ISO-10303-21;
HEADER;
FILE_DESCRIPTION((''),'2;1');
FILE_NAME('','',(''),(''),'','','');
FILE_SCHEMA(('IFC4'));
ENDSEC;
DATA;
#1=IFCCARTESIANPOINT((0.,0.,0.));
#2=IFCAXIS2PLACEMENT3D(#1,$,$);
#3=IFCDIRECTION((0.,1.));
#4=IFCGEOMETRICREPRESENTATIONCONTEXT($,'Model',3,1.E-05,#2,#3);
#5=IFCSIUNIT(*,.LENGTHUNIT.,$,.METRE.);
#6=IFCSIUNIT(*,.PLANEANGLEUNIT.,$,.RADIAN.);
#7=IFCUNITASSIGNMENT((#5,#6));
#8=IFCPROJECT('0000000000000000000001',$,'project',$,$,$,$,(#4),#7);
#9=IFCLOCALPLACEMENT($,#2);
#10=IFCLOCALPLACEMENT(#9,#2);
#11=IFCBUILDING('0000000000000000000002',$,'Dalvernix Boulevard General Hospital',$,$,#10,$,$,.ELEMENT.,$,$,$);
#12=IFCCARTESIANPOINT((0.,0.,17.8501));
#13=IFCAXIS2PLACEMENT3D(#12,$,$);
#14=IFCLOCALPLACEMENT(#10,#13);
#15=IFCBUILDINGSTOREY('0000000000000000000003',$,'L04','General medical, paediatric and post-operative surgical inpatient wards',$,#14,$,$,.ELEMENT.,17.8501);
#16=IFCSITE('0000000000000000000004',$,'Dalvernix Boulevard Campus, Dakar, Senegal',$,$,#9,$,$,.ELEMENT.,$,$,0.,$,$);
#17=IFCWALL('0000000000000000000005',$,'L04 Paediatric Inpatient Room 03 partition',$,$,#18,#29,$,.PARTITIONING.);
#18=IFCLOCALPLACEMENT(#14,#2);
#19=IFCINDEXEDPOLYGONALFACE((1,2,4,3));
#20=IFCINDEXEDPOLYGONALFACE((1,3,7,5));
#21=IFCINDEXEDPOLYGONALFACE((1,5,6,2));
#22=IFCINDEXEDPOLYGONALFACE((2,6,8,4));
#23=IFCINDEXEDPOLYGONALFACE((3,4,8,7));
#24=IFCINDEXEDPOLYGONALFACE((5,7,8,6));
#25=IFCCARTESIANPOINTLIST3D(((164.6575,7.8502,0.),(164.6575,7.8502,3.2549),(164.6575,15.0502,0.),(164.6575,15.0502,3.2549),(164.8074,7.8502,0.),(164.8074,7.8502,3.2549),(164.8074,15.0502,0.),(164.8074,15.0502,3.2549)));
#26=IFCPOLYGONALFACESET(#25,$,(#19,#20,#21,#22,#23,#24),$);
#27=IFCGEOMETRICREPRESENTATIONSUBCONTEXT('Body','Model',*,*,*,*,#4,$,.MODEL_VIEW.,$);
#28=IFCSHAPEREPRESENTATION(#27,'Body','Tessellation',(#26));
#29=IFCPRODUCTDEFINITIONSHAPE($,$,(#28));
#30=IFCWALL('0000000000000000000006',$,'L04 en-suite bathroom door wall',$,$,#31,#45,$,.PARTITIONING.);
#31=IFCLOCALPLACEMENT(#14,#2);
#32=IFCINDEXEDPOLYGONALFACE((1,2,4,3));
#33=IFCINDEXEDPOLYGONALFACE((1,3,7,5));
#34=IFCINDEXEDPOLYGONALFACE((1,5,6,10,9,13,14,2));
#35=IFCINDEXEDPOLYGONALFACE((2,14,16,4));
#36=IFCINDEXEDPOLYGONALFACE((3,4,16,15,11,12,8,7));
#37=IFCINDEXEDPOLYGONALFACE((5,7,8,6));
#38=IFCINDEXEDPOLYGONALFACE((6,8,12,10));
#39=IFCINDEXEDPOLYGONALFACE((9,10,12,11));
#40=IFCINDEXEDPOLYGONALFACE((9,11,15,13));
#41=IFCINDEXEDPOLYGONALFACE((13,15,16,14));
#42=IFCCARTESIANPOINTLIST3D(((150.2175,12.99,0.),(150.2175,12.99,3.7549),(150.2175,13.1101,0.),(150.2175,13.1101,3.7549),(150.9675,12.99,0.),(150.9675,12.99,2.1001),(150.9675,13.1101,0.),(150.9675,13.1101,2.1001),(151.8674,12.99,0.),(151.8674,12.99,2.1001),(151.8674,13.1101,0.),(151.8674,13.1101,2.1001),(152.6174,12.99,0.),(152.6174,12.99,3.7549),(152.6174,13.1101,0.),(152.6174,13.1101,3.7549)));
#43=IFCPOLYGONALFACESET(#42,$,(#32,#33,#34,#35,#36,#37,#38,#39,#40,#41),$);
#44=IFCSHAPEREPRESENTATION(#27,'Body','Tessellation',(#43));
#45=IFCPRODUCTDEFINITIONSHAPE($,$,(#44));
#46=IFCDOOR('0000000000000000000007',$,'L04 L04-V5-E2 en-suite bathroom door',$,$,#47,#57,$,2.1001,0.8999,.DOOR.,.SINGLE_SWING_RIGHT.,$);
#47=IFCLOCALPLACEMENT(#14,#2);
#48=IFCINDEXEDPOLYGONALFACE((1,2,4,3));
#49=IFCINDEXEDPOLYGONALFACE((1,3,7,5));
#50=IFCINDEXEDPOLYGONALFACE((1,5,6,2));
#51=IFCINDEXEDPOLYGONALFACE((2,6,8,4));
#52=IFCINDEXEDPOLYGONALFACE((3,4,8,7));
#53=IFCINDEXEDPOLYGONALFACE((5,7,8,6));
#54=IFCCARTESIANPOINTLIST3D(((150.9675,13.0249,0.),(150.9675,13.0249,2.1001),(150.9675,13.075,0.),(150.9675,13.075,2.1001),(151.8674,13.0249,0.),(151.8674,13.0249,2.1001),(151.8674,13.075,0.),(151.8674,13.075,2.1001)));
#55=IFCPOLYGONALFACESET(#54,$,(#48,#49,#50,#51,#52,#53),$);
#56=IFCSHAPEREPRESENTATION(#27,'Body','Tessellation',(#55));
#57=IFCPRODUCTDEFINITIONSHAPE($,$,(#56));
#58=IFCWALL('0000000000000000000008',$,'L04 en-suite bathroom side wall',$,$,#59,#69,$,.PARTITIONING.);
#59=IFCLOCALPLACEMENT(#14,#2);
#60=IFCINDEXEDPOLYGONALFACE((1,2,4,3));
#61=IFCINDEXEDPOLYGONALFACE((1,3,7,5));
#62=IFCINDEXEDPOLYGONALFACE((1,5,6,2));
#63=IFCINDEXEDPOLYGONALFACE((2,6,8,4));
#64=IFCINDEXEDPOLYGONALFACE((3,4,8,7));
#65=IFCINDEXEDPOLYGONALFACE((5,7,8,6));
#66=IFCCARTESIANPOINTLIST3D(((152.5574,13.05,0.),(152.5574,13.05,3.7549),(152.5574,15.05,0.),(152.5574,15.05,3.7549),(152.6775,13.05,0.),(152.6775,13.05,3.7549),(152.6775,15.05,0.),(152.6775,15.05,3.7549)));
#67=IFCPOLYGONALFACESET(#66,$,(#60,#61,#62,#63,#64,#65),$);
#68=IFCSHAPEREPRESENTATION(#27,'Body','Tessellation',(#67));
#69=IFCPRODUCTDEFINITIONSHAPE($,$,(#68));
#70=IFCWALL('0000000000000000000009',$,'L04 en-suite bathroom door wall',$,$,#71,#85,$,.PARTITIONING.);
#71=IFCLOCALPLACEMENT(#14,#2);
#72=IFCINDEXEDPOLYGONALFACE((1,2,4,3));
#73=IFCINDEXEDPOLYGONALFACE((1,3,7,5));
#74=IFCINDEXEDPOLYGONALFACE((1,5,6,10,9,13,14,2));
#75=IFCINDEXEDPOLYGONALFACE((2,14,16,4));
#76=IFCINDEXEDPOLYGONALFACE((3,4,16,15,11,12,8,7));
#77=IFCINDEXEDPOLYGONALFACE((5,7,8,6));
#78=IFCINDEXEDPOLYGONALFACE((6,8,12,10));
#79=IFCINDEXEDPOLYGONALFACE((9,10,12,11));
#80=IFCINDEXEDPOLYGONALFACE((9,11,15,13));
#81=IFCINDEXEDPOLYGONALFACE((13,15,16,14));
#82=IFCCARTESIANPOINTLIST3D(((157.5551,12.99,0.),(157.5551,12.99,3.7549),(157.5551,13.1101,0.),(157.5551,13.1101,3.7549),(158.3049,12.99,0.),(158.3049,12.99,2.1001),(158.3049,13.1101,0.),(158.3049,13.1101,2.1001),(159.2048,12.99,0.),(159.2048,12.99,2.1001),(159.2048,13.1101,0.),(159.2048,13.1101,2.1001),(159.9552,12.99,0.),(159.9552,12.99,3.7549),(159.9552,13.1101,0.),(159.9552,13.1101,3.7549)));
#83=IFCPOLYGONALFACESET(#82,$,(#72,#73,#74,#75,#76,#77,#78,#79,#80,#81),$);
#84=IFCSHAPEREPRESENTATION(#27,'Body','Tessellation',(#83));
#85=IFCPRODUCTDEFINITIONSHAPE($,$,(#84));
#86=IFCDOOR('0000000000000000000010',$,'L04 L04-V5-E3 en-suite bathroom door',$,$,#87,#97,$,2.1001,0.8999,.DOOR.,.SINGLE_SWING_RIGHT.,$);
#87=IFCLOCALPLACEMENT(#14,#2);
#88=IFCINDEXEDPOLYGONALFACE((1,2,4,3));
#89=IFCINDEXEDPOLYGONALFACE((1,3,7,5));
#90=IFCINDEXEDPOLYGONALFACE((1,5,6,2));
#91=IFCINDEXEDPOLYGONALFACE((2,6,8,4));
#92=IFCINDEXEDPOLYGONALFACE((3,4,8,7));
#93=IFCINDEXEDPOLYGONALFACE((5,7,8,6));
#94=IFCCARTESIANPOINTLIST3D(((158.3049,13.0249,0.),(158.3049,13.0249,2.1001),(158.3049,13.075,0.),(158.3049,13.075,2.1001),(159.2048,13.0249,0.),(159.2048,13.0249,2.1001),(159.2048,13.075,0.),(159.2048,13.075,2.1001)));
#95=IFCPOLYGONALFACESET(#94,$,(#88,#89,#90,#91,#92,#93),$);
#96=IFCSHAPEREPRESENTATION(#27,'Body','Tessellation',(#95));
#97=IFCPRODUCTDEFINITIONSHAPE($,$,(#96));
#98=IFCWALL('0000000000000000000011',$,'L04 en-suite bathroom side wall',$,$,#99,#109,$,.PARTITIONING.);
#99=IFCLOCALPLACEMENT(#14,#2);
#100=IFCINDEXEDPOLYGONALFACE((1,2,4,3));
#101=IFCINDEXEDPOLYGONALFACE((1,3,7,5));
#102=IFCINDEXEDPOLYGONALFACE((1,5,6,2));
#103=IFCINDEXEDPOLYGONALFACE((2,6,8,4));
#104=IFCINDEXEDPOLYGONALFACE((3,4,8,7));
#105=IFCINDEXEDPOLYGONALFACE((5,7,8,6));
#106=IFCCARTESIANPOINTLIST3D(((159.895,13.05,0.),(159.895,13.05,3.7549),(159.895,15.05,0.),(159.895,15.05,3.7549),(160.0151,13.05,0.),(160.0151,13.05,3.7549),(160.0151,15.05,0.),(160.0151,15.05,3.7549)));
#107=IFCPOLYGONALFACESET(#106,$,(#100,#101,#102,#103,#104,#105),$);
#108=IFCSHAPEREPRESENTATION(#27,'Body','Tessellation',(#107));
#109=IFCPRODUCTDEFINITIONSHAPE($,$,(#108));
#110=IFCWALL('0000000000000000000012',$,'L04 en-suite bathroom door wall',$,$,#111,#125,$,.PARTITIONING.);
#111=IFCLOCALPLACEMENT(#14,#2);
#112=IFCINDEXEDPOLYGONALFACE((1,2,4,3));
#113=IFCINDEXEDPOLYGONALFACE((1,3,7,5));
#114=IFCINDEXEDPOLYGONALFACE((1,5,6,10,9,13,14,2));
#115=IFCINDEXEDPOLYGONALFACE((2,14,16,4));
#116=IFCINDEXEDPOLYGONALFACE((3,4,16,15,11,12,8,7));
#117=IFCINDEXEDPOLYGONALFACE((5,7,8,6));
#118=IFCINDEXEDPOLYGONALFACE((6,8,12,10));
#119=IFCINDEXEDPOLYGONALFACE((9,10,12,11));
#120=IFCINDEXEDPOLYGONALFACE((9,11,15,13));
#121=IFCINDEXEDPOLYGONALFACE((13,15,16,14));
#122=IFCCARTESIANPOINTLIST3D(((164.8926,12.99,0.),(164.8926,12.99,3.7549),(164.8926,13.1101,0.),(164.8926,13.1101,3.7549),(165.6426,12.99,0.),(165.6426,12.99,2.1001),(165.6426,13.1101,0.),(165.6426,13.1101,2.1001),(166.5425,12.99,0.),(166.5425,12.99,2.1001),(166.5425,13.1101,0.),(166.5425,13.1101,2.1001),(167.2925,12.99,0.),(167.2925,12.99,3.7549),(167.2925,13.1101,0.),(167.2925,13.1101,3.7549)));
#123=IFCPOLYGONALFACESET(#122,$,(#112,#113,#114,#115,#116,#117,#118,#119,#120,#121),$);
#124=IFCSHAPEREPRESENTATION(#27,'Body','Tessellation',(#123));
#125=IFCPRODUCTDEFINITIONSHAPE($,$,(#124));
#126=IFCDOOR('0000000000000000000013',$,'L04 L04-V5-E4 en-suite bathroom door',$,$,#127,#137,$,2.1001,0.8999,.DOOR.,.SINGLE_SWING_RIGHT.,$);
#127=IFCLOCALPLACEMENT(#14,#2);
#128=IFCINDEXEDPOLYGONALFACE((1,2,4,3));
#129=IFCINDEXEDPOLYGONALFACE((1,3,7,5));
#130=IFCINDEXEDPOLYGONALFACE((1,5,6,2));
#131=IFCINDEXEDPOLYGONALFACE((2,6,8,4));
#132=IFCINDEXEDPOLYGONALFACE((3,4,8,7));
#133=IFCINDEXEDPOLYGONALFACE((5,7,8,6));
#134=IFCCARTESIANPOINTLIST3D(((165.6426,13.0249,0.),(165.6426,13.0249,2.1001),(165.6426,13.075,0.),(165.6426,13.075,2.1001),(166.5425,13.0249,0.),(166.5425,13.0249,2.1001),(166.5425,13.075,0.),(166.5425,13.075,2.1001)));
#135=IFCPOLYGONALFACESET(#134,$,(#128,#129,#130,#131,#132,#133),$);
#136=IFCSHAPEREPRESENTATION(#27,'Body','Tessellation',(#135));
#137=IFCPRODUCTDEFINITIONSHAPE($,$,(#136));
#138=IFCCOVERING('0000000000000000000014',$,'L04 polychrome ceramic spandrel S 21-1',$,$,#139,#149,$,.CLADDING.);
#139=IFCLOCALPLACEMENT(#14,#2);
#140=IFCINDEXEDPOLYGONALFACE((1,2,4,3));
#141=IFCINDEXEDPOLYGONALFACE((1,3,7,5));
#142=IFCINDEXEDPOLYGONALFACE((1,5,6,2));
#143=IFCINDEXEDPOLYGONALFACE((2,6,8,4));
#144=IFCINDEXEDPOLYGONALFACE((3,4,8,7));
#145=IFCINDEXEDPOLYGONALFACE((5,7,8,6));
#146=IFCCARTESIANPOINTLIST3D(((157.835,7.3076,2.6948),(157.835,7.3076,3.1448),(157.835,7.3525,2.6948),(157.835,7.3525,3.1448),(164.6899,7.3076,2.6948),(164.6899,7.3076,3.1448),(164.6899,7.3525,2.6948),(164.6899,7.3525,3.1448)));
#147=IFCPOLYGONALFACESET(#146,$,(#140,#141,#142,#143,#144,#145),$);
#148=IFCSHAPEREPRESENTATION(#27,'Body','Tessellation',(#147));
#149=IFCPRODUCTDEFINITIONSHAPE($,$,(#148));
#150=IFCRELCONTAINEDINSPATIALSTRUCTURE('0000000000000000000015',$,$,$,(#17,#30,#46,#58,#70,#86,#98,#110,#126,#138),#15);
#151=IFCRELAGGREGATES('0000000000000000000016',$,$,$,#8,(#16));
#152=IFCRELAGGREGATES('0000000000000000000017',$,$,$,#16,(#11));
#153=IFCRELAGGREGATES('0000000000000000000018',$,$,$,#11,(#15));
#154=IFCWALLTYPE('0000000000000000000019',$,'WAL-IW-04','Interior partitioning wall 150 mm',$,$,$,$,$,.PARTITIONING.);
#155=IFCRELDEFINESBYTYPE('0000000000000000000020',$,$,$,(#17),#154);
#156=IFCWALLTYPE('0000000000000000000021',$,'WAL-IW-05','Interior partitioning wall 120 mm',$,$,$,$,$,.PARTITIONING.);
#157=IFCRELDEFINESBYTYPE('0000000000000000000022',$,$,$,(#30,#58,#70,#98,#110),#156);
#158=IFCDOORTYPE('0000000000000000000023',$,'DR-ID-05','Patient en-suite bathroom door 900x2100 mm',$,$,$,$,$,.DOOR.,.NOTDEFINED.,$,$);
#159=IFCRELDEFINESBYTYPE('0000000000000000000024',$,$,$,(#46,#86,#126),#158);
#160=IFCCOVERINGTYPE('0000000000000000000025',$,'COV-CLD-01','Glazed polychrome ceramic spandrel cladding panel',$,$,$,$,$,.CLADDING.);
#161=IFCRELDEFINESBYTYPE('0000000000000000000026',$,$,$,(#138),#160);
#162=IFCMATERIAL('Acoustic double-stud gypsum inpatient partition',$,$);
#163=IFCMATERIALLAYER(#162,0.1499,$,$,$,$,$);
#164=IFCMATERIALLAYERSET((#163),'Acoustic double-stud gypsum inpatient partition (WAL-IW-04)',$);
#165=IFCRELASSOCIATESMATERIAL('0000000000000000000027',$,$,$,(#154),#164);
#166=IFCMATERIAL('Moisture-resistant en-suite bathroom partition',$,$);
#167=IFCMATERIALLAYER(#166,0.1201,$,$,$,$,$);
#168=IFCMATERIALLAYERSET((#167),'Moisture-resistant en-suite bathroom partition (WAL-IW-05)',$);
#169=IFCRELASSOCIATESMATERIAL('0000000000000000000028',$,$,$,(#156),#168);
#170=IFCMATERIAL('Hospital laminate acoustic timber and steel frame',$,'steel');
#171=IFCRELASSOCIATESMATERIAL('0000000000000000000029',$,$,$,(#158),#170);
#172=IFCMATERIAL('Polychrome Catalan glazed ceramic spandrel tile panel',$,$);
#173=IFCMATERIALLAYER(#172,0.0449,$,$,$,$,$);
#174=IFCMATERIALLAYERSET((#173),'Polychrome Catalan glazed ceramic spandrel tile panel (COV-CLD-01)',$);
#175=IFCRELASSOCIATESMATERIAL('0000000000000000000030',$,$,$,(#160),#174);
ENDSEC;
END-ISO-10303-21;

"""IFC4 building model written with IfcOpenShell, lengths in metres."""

from ifc_helpers import new_model, si_unit, direction, frame, frame_2d, origin, origin_2d, place, context, subcontext, project, spatial, rectangle, extrude, material, layer, layer_set, type_object, element, fill, save


model = new_model("IFC4")

# Units and contexts
model_context = context("Model", 3, precision=1e-05, world=origin(), true_north=direction((0.0, 1.0)))
body_context = subcontext(model_context, "Body", "Model", "MODEL_VIEW")
ifc_project = project(units=[si_unit("LENGTHUNIT", "METRE"), si_unit("PLANEANGLEUNIT", "RADIAN")], contexts=[model_context])

# Site, building, storey
site_placement = place(None, origin())
site = spatial("IfcSite", under=ifc_project, at=site_placement, Name="Dalvernix Boulevard Campus, Dakar, Senegal", CompositionType="ELEMENT", RefElevation=0.0)
building_placement = place(site_placement, origin())
building = spatial("IfcBuilding", under=site, at=building_placement, Name="Dalvernix Boulevard General Hospital", CompositionType="ELEMENT")
storey_placement = place(building_placement, frame((0.0, 0.0, 17.8501)))
storey = spatial("IfcBuildingStorey", under=building, at=storey_placement, Name="L04", Description="General medical, paediatric and post-operative surgical inpatient wards", CompositionType="ELEMENT", Elevation=17.8501)

# Wall
ifc_material_1 = material(Name="Acoustic double-stud gypsum inpatient partition")
ifc_layer_1 = layer(ifc_material_1, 0.1499)
ifc_layer_set_1 = layer_set([ifc_layer_1], Name="Acoustic double-stud gypsum inpatient partition (WAL-IW-04)")
wall_type_1 = type_object("IfcWallType", Name="WAL-IW-04", Description="Interior partitioning wall 150 mm", PredefinedType="PARTITIONING", material=ifc_layer_set_1)
wall_1_placement = place(storey_placement, frame((164.7324, 7.8501, 0.0), z_axis=(0.0, 0.0, 1.0), x_axis=(0.0, 1.0, 0.0)))
element("IfcWall", 1, at=wall_1_placement, inside=storey, type_object=wall_type_1, Name="L04 Paediatric Inpatient Room 03 partition", PredefinedType="PARTITIONING", context=body_context, shape_type="SweptSolid", body=[
    extrude(rectangle(XDim=7.2, YDim=0.1499, at=frame_2d((3.6001, 0.0))), origin(), (0.0, 0.0, 1.0), 3.2549),
])

# Wall, opening, door
ifc_material_2 = material(Name="Moisture-resistant en-suite bathroom partition")
ifc_layer_2 = layer(ifc_material_2, 0.1201)
ifc_layer_set_2 = layer_set([ifc_layer_2], Name="Moisture-resistant en-suite bathroom partition (WAL-IW-05)")
wall_type_2 = type_object("IfcWallType", Name="WAL-IW-05", Description="Interior partitioning wall 120 mm", PredefinedType="PARTITIONING", material=ifc_layer_set_2)
wall_2_placement = place(storey_placement, frame((150.2175, 13.05, 0.0), z_axis=(0.0, 0.0, 1.0), x_axis=(1.0, 0.0, 0.0)))
wall_2 = element("IfcWall", 2, at=wall_2_placement, inside=storey, type_object=wall_type_2, Name="L04 en-suite bathroom door wall", PredefinedType="PARTITIONING", context=body_context, shape_type="SweptSolid", body=[
    extrude(rectangle(XDim=2.3999, YDim=0.1201, at=frame_2d((1.2, 0.0))), origin(), (0.0, 0.0, 1.0), 3.7549),
])
opening_1_placement = place(wall_2_placement, frame((0.75, 0.0, 0.0)))
opening_1 = element("IfcOpeningElement", 3, at=opening_1_placement, cuts=wall_2, PredefinedType="OPENING", context=body_context, shape_type="SweptSolid", body=[
    extrude(rectangle(XDim=0.8999, YDim=2.1001, at=frame_2d((0.45, 1.05))), frame((0.0, 0.0701, 0.0), z_axis=(0.0, -1.0, 0.0), x_axis=(1.0, 0.0, 0.0)), (0.0, 0.0, 1.0), 0.1401),
])
ifc_material_3 = material(Name="Hospital laminate acoustic timber and steel frame", Category="steel")
door_type = type_object("IfcDoorType", Name="DR-ID-05", Description="Patient en-suite bathroom door 900x2100 mm", OperationType="NOTDEFINED", PredefinedType="DOOR", material=ifc_material_3)
door_1_placement = place(opening_1_placement, origin())
door_1 = element("IfcDoor", 4, at=door_1_placement, inside=storey, type_object=door_type, Name="L04 L04-V5-E2 en-suite bathroom door", OperationType="SINGLE_SWING_RIGHT", OverallHeight=2.1001, OverallWidth=0.8999, PredefinedType="DOOR", context=body_context, shape_type="SweptSolid", body=[
    extrude(rectangle(XDim=0.8999, YDim=2.1001, at=frame_2d((0.45, 1.05))), frame((0.0, 0.0249, 0.0), z_axis=(0.0, -1.0, 0.0), x_axis=(1.0, 0.0, 0.0)), (0.0, 0.0, 1.0), 0.05),
])
fill(opening_1, door_1)

# Wall
wall_3_placement = place(storey_placement, frame((152.6174, 13.05, 0.0), z_axis=(0.0, 0.0, 1.0), x_axis=(0.0, 1.0, 0.0)))
element("IfcWall", 5, at=wall_3_placement, inside=storey, type_object=wall_type_2, Name="L04 en-suite bathroom side wall", PredefinedType="PARTITIONING", context=body_context, shape_type="SweptSolid", body=[
    extrude(rectangle(XDim=2.0, YDim=0.1201, at=frame_2d((1.0, 0.0))), origin(), (0.0, 0.0, 1.0), 3.7549),
])

# Wall, opening, door
wall_4_placement = place(storey_placement, frame((157.5549, 13.05, 0.0), z_axis=(0.0, 0.0, 1.0), x_axis=(1.0, 0.0, 0.0)))
wall_4 = element("IfcWall", 6, at=wall_4_placement, inside=storey, type_object=wall_type_2, Name="L04 en-suite bathroom door wall", PredefinedType="PARTITIONING", context=body_context, shape_type="SweptSolid", body=[
    extrude(rectangle(XDim=2.4001, YDim=0.1201, at=frame_2d((1.2002, 0.0))), origin(), (0.0, 0.0, 1.0), 3.7549),
])
opening_2_placement = place(wall_4_placement, frame((0.75, 0.0, 0.0)))
opening_2 = element("IfcOpeningElement", 7, at=opening_2_placement, cuts=wall_4, PredefinedType="OPENING", context=body_context, shape_type="SweptSolid", body=[
    extrude(rectangle(XDim=0.8999, YDim=2.1001, at=frame_2d((0.45, 1.05))), frame((0.0, 0.0701, 0.0), z_axis=(0.0, -1.0, 0.0), x_axis=(1.0, 0.0, 0.0)), (0.0, 0.0, 1.0), 0.1401),
])
door_2_placement = place(opening_2_placement, origin())
door_2 = element("IfcDoor", 8, at=door_2_placement, inside=storey, type_object=door_type, Name="L04 L04-V5-E3 en-suite bathroom door", OperationType="SINGLE_SWING_RIGHT", OverallHeight=2.1001, OverallWidth=0.8999, PredefinedType="DOOR", context=body_context, shape_type="SweptSolid", body=[
    extrude(rectangle(XDim=0.8999, YDim=2.1001, at=frame_2d((0.45, 1.05))), frame((0.0, 0.0249, 0.0), z_axis=(0.0, -1.0, 0.0), x_axis=(1.0, 0.0, 0.0)), (0.0, 0.0, 1.0), 0.05),
])
fill(opening_2, door_2)

# Wall
wall_5_placement = place(storey_placement, frame((159.9551, 13.05, 0.0), z_axis=(0.0, 0.0, 1.0), x_axis=(0.0, 1.0, 0.0)))
element("IfcWall", 9, at=wall_5_placement, inside=storey, type_object=wall_type_2, Name="L04 en-suite bathroom side wall", PredefinedType="PARTITIONING", context=body_context, shape_type="SweptSolid", body=[
    extrude(rectangle(XDim=2.0, YDim=0.1201, at=frame_2d((1.0, 0.0))), origin(), (0.0, 0.0, 1.0), 3.7549),
])

# Wall, opening, door
wall_6_placement = place(storey_placement, frame((164.8926, 13.05, 0.0), z_axis=(0.0, 0.0, 1.0), x_axis=(1.0, 0.0, 0.0)))
wall_6 = element("IfcWall", 10, at=wall_6_placement, inside=storey, type_object=wall_type_2, Name="L04 en-suite bathroom door wall", PredefinedType="PARTITIONING", context=body_context, shape_type="SweptSolid", body=[
    extrude(rectangle(XDim=2.3999, YDim=0.1201, at=frame_2d((1.2, 0.0))), origin(), (0.0, 0.0, 1.0), 3.7549),
])
opening_3_placement = place(wall_6_placement, frame((0.75, 0.0, 0.0)))
opening_3 = element("IfcOpeningElement", 11, at=opening_3_placement, cuts=wall_6, PredefinedType="OPENING", context=body_context, shape_type="SweptSolid", body=[
    extrude(rectangle(XDim=0.8999, YDim=2.1001, at=frame_2d((0.45, 1.05))), frame((0.0, 0.0701, 0.0), z_axis=(0.0, -1.0, 0.0), x_axis=(1.0, 0.0, 0.0)), (0.0, 0.0, 1.0), 0.1401),
])
door_3_placement = place(opening_3_placement, origin())
door_3 = element("IfcDoor", 12, at=door_3_placement, inside=storey, type_object=door_type, Name="L04 L04-V5-E4 en-suite bathroom door", OperationType="SINGLE_SWING_RIGHT", OverallHeight=2.1001, OverallWidth=0.8999, PredefinedType="DOOR", context=body_context, shape_type="SweptSolid", body=[
    extrude(rectangle(XDim=0.8999, YDim=2.1001, at=frame_2d((0.45, 1.05))), frame((0.0, 0.0249, 0.0), z_axis=(0.0, -1.0, 0.0), x_axis=(1.0, 0.0, 0.0)), (0.0, 0.0, 1.0), 0.05),
])
fill(opening_3, door_3)

# Covering
ifc_material_4 = material(Name="Polychrome Catalan glazed ceramic spandrel tile panel")
ifc_layer_3 = layer(ifc_material_4, 0.0449)
ifc_layer_set_3 = layer_set([ifc_layer_3], Name="Polychrome Catalan glazed ceramic spandrel tile panel (COV-CLD-01)")
covering_type = type_object("IfcCoveringType", Name="COV-CLD-01", Description="Glazed polychrome ceramic spandrel cladding panel", PredefinedType="CLADDING", material=ifc_layer_set_3)
covering_placement = place(storey_placement, frame((161.2625, 7.3301, 2.6948), z_axis=(0.0, 0.0, 1.0), x_axis=(-1.0, 0.0, 0.0)))
element("IfcCovering", 13, at=covering_placement, inside=storey, type_object=covering_type, Name="L04 polychrome ceramic spandrel S 21-1", PredefinedType="CLADDING", context=body_context, shape_type="SweptSolid", body=[
    extrude(rectangle(XDim=6.855, YDim=0.0449, at=origin_2d()), origin(), (0.0, 0.0, 1.0), 0.45),
])

save(model, "model.ifc")
